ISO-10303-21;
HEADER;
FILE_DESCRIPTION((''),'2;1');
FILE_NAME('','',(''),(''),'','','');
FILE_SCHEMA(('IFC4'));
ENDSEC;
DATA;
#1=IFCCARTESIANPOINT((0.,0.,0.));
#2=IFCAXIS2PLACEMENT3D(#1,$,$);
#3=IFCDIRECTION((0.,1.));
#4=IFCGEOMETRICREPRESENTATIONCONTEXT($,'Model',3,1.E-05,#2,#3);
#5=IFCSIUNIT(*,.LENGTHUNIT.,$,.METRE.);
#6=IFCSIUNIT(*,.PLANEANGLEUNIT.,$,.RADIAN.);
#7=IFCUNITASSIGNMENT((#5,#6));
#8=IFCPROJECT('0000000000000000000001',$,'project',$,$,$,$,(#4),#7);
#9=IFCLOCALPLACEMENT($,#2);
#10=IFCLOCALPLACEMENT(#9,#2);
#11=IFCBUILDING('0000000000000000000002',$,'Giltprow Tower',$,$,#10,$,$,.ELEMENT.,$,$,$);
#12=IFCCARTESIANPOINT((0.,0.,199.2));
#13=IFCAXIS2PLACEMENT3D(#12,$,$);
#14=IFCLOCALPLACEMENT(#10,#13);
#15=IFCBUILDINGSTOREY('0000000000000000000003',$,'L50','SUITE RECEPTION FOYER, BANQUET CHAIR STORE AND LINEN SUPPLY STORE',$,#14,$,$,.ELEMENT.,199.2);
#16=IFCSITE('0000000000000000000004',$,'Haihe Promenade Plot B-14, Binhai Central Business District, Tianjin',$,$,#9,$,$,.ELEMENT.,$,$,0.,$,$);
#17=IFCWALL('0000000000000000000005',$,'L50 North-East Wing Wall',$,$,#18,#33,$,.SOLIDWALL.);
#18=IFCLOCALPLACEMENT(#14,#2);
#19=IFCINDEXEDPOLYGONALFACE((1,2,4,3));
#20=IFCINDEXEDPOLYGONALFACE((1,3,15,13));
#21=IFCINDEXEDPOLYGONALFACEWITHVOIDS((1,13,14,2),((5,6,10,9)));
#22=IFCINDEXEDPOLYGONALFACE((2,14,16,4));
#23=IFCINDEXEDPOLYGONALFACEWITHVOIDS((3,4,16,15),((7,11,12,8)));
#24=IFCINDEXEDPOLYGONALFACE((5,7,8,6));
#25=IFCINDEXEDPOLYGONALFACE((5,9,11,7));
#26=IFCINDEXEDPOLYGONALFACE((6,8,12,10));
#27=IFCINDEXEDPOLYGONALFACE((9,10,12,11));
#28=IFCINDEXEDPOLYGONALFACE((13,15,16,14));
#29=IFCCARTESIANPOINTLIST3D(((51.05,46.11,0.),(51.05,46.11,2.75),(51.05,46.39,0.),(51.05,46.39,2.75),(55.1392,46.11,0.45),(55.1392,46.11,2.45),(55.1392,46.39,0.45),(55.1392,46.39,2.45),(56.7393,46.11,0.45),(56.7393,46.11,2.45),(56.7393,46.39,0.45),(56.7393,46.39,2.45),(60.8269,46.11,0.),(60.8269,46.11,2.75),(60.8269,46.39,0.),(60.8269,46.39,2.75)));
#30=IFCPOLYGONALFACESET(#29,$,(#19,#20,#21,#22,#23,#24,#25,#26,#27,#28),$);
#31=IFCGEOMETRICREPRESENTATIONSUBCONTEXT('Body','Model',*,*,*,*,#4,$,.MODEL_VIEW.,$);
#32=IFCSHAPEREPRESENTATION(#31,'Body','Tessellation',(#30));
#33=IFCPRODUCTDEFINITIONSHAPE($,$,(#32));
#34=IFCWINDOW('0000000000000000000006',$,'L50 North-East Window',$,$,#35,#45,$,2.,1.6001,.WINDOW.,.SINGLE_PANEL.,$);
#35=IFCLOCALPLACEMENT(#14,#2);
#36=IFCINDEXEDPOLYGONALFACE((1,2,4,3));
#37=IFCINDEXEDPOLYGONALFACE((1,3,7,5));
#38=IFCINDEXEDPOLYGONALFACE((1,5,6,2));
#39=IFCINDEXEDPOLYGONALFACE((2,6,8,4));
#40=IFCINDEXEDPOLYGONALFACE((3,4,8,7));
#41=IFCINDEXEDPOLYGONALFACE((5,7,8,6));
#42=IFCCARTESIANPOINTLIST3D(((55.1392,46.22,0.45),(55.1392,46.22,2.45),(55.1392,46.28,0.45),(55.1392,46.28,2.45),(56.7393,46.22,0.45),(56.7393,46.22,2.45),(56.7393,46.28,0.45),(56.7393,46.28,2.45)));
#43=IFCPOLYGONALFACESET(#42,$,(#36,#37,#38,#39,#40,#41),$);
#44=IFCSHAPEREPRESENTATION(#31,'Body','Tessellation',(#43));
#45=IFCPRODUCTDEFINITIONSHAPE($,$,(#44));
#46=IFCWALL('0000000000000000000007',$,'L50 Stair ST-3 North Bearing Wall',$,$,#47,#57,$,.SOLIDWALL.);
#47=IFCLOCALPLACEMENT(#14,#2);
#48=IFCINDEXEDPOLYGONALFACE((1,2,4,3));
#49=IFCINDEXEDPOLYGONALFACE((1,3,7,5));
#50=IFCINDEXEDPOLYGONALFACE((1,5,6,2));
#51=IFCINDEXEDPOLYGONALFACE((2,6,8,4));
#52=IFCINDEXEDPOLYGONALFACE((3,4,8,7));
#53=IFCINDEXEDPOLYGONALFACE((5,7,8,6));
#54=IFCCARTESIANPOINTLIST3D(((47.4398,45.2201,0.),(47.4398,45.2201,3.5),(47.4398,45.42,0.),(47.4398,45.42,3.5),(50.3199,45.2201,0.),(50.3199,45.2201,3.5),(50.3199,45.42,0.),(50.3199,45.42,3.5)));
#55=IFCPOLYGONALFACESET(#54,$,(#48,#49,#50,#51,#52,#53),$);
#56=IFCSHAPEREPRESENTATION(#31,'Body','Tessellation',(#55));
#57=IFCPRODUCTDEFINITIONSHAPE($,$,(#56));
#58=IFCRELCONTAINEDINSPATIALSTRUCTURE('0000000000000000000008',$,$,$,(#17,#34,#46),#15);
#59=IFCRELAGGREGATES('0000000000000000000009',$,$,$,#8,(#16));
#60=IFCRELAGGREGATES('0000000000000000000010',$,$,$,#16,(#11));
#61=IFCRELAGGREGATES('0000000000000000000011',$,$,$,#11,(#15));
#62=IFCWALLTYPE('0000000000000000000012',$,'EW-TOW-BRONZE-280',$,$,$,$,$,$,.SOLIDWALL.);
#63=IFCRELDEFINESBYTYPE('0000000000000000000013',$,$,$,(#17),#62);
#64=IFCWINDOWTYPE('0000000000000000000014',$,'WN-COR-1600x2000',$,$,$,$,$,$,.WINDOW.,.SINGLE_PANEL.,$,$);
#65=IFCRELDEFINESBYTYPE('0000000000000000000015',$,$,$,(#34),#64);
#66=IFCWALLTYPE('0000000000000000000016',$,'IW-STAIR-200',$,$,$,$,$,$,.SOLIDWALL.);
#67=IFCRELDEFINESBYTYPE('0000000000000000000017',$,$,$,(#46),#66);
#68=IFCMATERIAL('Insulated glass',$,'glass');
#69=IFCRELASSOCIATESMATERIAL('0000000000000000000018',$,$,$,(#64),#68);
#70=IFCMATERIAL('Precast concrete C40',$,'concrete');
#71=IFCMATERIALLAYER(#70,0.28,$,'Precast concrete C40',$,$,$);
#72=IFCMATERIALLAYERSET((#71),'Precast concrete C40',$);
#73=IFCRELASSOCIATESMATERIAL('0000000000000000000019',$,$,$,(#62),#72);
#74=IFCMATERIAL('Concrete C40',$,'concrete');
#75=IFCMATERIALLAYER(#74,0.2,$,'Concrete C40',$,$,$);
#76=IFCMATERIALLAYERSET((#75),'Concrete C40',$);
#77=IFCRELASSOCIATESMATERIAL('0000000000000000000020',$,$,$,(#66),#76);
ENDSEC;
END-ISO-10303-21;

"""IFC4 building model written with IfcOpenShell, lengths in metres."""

from ifc_helpers import new_model, si_unit, direction, frame, frame_2d, origin, place, context, subcontext, project, spatial, rectangle, extrude, source, transform, mapped, material, layer, layer_set, type_object, element, fill, save


model = new_model("IFC4")

# Units and contexts
model_context = context("Model", 3, precision=1e-05, world=origin(), true_north=direction((0.0, 1.0)))
body_context = subcontext(model_context, "Body", "Model", "MODEL_VIEW")
ifc_project = project(units=[si_unit("LENGTHUNIT", "METRE"), si_unit("PLANEANGLEUNIT", "RADIAN")], contexts=[model_context])

# Site, building, storey
site_placement = place(None, origin())
site = spatial("IfcSite", under=ifc_project, at=site_placement, Name="Haihe Promenade Plot B-14, Binhai Central Business District, Tianjin", CompositionType="ELEMENT", RefElevation=0.0)
building_placement = place(site_placement, origin())
building = spatial("IfcBuilding", under=site, at=building_placement, Name="Giltprow Tower", CompositionType="ELEMENT")
storey_placement = place(building_placement, frame((0.0, 0.0, 199.2)))
storey = spatial("IfcBuildingStorey", under=building, at=storey_placement, Name="L50", Description="SUITE RECEPTION FOYER, BANQUET CHAIR STORE AND LINEN SUPPLY STORE", CompositionType="ELEMENT", Elevation=199.2)

# Wall, opening, window
ifc_material_1 = material(Name="Precast concrete C40", Category="concrete")
ifc_material_2 = material(Name="Insulated glass", Category="glass")
window_type = type_object("IfcWindowType", Name="WN-COR-1600x2000", PartitioningType="SINGLE_PANEL", PredefinedType="WINDOW", material=ifc_material_2)
shared_shape_1 = source(origin(), body_context, "Body", "SweptSolid", [
    extrude(rectangle(XDim=1.6001, YDim=2.0, at=frame_2d((0.8, 1.0))), frame((0.0, 0.03, 0.0), z_axis=(0.0, -1.0, 0.0), x_axis=(1.0, 0.0, 0.0)), (0.0, 0.0, 1.0), 0.0601),
])
ifc_layer_1 = layer(ifc_material_1, 0.28, Name="Precast concrete C40")
ifc_layer_set_1 = layer_set([ifc_layer_1], Name="Precast concrete C40")
wall_type_1 = type_object("IfcWallType", Name="EW-TOW-BRONZE-280", PredefinedType="SOLIDWALL", material=ifc_layer_set_1)
wall_1_placement = place(storey_placement, frame((51.05, 46.25, 0.0), z_axis=(0.0, 0.0, 1.0), x_axis=(1.0, 0.0, 0.0)))
wall_1 = element("IfcWall", 1, at=wall_1_placement, inside=storey, type_object=wall_type_1, Name="L50 North-East Wing Wall", PredefinedType="SOLIDWALL", context=body_context, shape_type="SweptSolid", body=[
    extrude(rectangle(XDim=9.7769, YDim=0.28, at=frame_2d((4.8884, 0.0))), origin(), (0.0, 0.0, 1.0), 2.75),
])
opening_1_placement = place(wall_1_placement, frame((4.0891, 0.0, 0.45)))
opening_1 = element("IfcOpeningElement", 2, at=opening_1_placement, cuts=wall_1, PredefinedType="OPENING", context=body_context, shape_type="SweptSolid", body=[
    extrude(rectangle(XDim=1.6001, YDim=2.0, at=frame_2d((0.8, 1.0))), frame((0.0, 0.1499, 0.0), z_axis=(0.0, -1.0, 0.0), x_axis=(1.0, 0.0, 0.0)), (0.0, 0.0, 1.0), 0.3),
])
window_1_placement = place(opening_1_placement, origin())
window_1 = element("IfcWindow", 3, at=window_1_placement, inside=storey, type_object=window_type, Name="L50 North-East Window", OverallHeight=2.0, OverallWidth=1.6001, PartitioningType="SINGLE_PANEL", PredefinedType="WINDOW", context=body_context, shape_type="MappedRepresentation", body=[
    mapped(shared_shape_1, transform((0.0, 0.0, 0.0), x_axis=(1.0, 0.0, 0.0), y_axis=(0.0, 1.0, 0.0), z_axis=(0.0, 0.0, 1.0), scale=1.0)),
])
fill(opening_1, window_1)

# Wall
ifc_material_3 = material(Name="Concrete C40", Category="concrete")
ifc_layer_2 = layer(ifc_material_3, 0.2, Name="Concrete C40")
ifc_layer_set_2 = layer_set([ifc_layer_2], Name="Concrete C40")
wall_type_2 = type_object("IfcWallType", Name="IW-STAIR-200", PredefinedType="SOLIDWALL", material=ifc_layer_set_2)
wall_2_placement = place(storey_placement, frame((47.4399, 45.3201, 0.0), z_axis=(0.0, 0.0, 1.0), x_axis=(1.0, 0.0, 0.0)))
element("IfcWall", 4, at=wall_2_placement, inside=storey, type_object=wall_type_2, Name="L50 Stair ST-3 North Bearing Wall", PredefinedType="SOLIDWALL", context=body_context, shape_type="SweptSolid", body=[
    extrude(rectangle(XDim=2.8801, YDim=0.2, at=frame_2d((1.4399, 0.0))), origin(), (0.0, 0.0, 1.0), 3.5),
])

save(model, "model.ifc")
